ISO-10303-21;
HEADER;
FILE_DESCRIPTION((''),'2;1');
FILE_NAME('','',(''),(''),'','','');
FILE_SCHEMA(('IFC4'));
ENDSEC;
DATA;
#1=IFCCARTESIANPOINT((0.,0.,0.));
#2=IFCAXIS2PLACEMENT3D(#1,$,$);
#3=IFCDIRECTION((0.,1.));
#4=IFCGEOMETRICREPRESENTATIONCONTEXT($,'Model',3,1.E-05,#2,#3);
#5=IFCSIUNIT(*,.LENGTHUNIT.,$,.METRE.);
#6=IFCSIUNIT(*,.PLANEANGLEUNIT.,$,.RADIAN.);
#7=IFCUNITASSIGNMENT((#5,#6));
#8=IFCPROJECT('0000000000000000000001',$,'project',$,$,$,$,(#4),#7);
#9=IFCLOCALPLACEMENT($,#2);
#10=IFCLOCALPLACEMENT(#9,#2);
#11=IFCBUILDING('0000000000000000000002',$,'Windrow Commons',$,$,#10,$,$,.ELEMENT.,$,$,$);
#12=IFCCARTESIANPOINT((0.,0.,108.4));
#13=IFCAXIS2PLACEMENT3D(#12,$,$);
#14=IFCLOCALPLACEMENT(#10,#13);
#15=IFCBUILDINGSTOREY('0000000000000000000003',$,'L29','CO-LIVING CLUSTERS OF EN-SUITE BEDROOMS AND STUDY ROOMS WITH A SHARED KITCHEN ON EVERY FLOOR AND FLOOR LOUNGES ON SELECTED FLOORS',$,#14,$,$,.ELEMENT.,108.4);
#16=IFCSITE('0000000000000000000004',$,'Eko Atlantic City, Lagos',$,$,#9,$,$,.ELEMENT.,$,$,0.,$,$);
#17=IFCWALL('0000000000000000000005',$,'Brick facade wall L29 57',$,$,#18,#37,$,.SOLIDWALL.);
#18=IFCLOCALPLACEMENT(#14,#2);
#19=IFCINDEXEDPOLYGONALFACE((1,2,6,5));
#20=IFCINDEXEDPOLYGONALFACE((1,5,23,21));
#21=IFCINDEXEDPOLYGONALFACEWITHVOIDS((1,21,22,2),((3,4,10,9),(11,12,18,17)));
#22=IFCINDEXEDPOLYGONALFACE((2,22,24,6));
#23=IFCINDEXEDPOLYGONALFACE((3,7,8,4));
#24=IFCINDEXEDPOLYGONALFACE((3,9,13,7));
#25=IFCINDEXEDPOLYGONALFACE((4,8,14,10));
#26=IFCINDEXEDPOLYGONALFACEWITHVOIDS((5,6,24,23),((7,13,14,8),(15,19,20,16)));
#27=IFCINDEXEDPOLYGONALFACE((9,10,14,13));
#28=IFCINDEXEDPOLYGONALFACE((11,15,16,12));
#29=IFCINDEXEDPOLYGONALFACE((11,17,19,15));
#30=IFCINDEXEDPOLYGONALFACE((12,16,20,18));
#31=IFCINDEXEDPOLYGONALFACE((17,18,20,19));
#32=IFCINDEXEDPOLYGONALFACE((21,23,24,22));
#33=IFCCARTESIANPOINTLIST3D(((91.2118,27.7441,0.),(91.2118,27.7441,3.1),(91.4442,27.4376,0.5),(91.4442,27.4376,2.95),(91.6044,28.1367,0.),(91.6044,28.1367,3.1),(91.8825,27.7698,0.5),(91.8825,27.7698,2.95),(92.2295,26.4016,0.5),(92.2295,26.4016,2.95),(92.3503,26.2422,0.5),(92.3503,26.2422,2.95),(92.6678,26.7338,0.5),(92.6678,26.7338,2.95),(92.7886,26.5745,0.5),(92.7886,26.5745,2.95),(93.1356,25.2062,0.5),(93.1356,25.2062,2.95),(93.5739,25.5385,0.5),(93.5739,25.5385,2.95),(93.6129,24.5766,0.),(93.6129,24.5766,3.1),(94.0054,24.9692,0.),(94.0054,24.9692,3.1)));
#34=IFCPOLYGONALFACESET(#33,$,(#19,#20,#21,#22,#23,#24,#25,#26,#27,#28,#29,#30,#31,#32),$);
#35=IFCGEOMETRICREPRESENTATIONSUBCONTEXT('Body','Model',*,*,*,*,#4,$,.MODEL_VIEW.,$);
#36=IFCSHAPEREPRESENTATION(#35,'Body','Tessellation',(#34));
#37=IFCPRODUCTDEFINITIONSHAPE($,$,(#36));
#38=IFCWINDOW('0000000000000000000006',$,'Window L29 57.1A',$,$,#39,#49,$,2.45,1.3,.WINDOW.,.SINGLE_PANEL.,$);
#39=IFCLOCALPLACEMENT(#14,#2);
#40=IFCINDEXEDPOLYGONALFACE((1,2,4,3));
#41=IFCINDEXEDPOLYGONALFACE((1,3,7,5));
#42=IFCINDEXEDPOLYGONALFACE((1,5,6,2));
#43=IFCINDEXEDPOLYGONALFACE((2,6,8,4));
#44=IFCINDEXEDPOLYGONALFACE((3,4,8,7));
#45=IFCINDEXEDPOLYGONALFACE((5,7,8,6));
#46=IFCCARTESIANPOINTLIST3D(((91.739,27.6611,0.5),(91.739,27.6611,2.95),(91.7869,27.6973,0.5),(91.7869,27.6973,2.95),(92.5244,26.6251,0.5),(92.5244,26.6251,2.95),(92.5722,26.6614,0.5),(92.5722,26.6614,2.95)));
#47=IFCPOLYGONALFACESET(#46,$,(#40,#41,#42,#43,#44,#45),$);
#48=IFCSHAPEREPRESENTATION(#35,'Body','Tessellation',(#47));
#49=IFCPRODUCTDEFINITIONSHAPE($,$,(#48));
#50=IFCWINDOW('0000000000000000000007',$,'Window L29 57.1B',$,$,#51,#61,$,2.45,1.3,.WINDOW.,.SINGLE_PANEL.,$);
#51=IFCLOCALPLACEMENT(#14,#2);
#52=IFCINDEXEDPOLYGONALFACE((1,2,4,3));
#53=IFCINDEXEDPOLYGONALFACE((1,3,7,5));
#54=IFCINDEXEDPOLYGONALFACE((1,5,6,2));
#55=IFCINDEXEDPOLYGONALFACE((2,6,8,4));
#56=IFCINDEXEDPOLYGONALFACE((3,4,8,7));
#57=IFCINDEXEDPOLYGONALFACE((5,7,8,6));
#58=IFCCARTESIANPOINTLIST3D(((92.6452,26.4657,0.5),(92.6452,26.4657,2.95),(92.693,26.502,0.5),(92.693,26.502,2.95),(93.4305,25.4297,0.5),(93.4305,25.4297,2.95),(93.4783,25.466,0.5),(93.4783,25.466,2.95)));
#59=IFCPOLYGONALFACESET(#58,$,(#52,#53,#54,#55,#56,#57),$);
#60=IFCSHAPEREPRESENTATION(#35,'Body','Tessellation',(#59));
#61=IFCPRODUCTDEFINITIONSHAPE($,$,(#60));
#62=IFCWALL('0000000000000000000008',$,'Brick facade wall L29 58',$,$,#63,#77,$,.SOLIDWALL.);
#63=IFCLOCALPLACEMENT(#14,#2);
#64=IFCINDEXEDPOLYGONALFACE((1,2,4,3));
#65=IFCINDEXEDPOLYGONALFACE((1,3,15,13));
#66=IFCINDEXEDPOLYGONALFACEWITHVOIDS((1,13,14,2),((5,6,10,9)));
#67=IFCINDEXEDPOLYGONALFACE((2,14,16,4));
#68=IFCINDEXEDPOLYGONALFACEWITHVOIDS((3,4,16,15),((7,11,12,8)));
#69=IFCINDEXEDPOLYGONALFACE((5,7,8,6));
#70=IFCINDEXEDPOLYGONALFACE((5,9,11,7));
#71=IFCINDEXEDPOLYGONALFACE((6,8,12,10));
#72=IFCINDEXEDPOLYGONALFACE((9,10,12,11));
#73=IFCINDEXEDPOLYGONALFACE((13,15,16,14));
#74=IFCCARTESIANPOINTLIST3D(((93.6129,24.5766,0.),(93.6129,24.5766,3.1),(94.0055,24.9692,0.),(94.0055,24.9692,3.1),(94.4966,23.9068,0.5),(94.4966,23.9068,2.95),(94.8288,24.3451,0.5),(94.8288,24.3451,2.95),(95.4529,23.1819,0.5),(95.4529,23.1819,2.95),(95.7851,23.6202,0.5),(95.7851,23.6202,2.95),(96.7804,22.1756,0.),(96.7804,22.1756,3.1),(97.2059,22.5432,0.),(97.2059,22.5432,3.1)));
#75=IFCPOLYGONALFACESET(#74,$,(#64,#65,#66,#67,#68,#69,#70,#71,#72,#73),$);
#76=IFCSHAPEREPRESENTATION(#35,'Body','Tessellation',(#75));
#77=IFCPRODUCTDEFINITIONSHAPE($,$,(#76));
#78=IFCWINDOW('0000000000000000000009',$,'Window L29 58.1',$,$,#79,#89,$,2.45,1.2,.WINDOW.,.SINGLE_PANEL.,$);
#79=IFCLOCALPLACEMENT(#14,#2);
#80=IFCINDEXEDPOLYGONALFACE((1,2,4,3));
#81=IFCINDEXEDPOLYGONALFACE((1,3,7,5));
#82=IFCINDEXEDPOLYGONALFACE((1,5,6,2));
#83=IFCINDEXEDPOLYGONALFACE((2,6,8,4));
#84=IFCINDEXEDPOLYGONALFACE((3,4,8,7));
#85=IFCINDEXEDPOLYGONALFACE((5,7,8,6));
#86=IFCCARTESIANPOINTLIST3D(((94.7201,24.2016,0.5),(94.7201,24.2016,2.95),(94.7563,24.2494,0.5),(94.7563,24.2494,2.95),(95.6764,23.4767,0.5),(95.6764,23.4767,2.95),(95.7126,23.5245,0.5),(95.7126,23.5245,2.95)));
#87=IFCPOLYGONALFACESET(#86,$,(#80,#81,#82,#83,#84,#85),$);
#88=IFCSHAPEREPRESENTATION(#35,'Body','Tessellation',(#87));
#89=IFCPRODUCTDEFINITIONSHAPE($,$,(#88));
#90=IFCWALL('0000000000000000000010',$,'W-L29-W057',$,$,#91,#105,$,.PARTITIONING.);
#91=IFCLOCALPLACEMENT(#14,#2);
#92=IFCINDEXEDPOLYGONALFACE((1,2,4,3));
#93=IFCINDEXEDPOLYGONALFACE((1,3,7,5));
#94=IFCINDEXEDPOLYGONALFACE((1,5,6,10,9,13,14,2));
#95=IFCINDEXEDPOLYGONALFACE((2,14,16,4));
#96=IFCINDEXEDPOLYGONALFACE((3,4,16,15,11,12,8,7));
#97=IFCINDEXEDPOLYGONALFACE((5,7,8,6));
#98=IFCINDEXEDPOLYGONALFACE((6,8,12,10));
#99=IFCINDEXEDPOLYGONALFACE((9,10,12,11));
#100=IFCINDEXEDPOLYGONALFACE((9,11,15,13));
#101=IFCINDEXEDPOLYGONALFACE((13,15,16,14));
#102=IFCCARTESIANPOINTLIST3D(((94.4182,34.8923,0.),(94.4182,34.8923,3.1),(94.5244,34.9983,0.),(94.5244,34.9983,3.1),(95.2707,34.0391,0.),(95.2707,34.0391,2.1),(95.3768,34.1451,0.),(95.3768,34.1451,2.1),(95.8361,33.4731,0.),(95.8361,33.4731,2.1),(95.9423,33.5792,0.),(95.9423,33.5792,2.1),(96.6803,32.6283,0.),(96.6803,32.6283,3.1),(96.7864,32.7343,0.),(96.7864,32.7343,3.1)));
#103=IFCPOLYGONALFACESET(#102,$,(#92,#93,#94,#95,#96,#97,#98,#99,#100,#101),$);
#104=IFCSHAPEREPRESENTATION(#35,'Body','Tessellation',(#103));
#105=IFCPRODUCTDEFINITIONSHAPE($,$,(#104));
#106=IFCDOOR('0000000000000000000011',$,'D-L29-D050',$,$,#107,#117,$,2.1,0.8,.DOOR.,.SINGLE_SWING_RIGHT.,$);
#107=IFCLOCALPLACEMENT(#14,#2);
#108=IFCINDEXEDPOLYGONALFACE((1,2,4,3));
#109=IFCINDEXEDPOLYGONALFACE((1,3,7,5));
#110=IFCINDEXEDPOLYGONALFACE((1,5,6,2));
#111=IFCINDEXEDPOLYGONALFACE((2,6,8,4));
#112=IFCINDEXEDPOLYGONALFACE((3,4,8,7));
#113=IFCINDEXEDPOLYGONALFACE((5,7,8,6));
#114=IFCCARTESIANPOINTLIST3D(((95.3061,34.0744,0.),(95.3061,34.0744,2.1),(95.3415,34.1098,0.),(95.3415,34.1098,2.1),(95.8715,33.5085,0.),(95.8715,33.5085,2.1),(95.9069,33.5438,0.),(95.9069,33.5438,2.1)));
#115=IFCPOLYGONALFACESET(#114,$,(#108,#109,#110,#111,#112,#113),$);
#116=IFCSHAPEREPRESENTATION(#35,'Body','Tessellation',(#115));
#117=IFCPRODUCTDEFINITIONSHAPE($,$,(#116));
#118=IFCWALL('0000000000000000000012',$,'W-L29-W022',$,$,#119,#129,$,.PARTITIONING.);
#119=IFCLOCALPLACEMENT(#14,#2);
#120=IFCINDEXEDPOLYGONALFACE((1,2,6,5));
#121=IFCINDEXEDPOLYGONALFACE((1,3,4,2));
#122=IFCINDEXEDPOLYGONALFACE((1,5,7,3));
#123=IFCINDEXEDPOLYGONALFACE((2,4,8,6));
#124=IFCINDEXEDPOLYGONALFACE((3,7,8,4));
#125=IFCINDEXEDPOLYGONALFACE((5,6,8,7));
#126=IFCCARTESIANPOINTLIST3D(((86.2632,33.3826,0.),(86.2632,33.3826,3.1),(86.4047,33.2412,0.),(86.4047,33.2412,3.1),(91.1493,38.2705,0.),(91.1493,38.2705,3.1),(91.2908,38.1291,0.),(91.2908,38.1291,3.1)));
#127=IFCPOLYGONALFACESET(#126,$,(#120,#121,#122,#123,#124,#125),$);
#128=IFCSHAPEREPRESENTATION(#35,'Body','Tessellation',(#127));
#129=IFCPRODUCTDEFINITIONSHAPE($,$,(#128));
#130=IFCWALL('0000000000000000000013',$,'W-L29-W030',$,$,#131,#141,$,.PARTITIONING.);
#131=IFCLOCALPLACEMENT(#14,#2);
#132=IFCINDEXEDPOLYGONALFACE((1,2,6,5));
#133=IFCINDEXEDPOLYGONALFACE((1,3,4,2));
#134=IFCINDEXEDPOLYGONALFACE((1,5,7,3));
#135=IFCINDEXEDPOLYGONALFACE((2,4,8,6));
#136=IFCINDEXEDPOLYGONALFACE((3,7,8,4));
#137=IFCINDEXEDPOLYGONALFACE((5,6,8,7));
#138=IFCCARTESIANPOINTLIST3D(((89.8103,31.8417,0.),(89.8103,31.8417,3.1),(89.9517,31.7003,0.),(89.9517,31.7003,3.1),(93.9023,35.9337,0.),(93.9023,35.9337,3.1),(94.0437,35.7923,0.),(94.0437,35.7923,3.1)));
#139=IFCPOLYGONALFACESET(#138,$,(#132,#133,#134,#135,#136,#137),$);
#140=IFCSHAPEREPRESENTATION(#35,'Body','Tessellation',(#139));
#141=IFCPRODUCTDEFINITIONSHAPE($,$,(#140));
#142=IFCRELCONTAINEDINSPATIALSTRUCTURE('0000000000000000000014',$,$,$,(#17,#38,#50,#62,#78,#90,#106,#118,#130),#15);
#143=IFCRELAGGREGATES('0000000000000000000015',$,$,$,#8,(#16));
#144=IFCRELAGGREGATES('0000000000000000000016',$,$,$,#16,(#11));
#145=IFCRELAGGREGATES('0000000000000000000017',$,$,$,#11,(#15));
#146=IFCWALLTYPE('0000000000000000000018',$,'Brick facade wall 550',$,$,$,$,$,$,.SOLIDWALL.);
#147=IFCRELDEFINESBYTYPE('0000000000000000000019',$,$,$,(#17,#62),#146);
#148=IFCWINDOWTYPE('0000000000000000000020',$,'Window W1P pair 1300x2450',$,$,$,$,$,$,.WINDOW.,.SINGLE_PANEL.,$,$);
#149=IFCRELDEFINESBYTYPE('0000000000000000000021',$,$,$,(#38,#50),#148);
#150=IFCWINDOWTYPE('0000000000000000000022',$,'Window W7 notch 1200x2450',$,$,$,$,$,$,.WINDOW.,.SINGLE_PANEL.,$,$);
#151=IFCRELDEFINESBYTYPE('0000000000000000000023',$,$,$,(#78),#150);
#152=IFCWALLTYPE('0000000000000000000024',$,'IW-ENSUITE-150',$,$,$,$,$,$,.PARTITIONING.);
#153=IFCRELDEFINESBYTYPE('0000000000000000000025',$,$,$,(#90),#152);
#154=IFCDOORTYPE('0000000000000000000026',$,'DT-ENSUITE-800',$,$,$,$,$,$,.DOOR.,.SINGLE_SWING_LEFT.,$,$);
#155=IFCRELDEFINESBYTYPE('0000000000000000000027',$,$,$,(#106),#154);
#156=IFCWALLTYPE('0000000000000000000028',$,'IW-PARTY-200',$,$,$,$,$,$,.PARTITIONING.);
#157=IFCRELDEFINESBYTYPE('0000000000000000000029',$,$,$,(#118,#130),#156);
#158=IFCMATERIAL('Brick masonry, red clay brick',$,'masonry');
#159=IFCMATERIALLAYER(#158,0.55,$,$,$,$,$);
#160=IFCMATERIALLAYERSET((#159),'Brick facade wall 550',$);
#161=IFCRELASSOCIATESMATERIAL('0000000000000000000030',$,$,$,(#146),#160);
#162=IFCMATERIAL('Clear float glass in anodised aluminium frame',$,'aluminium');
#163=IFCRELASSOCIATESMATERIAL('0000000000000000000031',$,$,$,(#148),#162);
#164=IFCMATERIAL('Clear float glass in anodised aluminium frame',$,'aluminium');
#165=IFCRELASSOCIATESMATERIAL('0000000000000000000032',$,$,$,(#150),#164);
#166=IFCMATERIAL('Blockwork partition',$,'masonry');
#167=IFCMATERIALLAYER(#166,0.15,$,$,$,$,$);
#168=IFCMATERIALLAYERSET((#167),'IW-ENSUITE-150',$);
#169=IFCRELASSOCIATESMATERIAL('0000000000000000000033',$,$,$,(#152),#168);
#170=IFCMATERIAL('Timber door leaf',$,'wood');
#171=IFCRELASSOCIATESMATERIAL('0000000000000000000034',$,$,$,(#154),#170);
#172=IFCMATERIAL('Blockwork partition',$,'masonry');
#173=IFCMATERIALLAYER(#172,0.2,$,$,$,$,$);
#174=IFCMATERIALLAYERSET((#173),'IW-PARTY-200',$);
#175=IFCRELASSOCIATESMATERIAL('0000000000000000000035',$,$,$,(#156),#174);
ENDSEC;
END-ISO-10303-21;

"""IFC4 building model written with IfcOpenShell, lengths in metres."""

from ifc_helpers import new_model, si_unit, direction, frame, frame_2d, origin, place, context, subcontext, project, spatial, polyline, rectangle, outline, extrude, material, layer, layer_set, type_object, element, fill, save


model = new_model("IFC4")

# Units and contexts
model_context = context("Model", 3, precision=1e-05, world=origin(), true_north=direction((0.0, 1.0)))
body_context = subcontext(model_context, "Body", "Model", "MODEL_VIEW")
ifc_project = project(units=[si_unit("LENGTHUNIT", "METRE"), si_unit("PLANEANGLEUNIT", "RADIAN")], contexts=[model_context])

# Site, building, storey
site_placement = place(None, origin())
site = spatial("IfcSite", under=ifc_project, at=site_placement, Name="Eko Atlantic City, Lagos", CompositionType="ELEMENT", RefElevation=0.0)
building_placement = place(site_placement, origin())
building = spatial("IfcBuilding", under=site, at=building_placement, Name="Windrow Commons", CompositionType="ELEMENT")
storey_placement = place(building_placement, frame((0.0, 0.0, 108.4)))
storey = spatial("IfcBuildingStorey", under=building, at=storey_placement, Name="L29", Description="CO-LIVING CLUSTERS OF EN-SUITE BEDROOMS AND STUDY ROOMS WITH A SHARED KITCHEN ON EVERY FLOOR AND FLOOR LOUNGES ON SELECTED FLOORS", CompositionType="ELEMENT", Elevation=108.4)

# Wall, openings, windows
ifc_material_1 = material(Name="Brick masonry, red clay brick", Category="masonry")
ifc_layer_1 = layer(ifc_material_1, 0.55)
ifc_layer_set_1 = layer_set([ifc_layer_1], Name="Brick facade wall 550")
wall_type_1 = type_object("IfcWallType", Name="Brick facade wall 550", PredefinedType="SOLIDWALL", material=ifc_layer_set_1)
ifc_material_2 = material(Name="Clear float glass in anodised aluminium frame", Category="aluminium")
window_type_1 = type_object("IfcWindowType", Name="Window W1P pair 1300x2450", PartitioningType="SINGLE_PANEL", PredefinedType="WINDOW", material=ifc_material_2)
wall_1_placement = place(storey_placement, frame((91.4081, 27.9404, 0.0), z_axis=(0.0, 0.0, 1.0), x_axis=(0.604094, -0.796913, 0.0)))
wall_1 = element("IfcWall", 1, at=wall_1_placement, inside=storey, type_object=wall_type_1, Name="Brick facade wall L29 57", PredefinedType="SOLIDWALL", context=body_context, shape_type="SweptSolid", body=[
    extrude(outline(polyline([(0.0379, -0.275), (4.0126, -0.275), (3.9368, 0.275), (-0.0379, 0.275), (0.0379, -0.275)])), origin(), (0.0, 0.0, 1.0), 3.1),
])
opening_1_placement = place(wall_1_placement, frame((0.4225, 0.0, 0.5)))
opening_1 = element("IfcOpeningElement", 2, at=opening_1_placement, cuts=wall_1, PredefinedType="OPENING", context=body_context, shape_type="SweptSolid", body=[
    extrude(rectangle(XDim=1.3, YDim=2.45, at=frame_2d((0.65, 1.225))), frame((0.0, 0.285, 0.0), z_axis=(0.0, -1.0, 0.0), x_axis=(1.0, 0.0, 0.0)), (0.0, 0.0, 1.0), 0.57),
])
opening_2_placement = place(wall_1_placement, frame((1.9225, 0.0, 0.5)))
opening_2 = element("IfcOpeningElement", 3, at=opening_2_placement, cuts=wall_1, PredefinedType="OPENING", context=body_context, shape_type="SweptSolid", body=[
    extrude(rectangle(XDim=1.3, YDim=2.45, at=frame_2d((0.65, 1.225))), frame((0.0, 0.285, 0.0), z_axis=(0.0, -1.0, 0.0), x_axis=(1.0, 0.0, 0.0)), (0.0, 0.0, 1.0), 0.57),
])
window_1_placement = place(opening_1_placement, origin())
window_1 = element("IfcWindow", 4, at=window_1_placement, inside=storey, type_object=window_type_1, Name="Window L29 57.1A", OverallHeight=2.45, OverallWidth=1.3, PartitioningType="SINGLE_PANEL", PredefinedType="WINDOW", context=body_context, shape_type="SweptSolid", body=[
    extrude(rectangle(XDim=1.3, YDim=2.45, at=frame_2d((0.65, 1.225))), frame((0.0, 0.155, 0.0), z_axis=(0.0, -1.0, 0.0), x_axis=(1.0, 0.0, 0.0)), (0.0, 0.0, 1.0), 0.06),
])
fill(opening_1, window_1)
window_2_placement = place(opening_2_placement, origin())
window_2 = element("IfcWindow", 5, at=window_2_placement, inside=storey, type_object=window_type_1, Name="Window L29 57.1B", OverallHeight=2.45, OverallWidth=1.3, PartitioningType="SINGLE_PANEL", PredefinedType="WINDOW", context=body_context, shape_type="SweptSolid", body=[
    extrude(rectangle(XDim=1.3, YDim=2.45, at=frame_2d((0.65, 1.225))), frame((0.0, 0.155, 0.0), z_axis=(0.0, -1.0, 0.0), x_axis=(1.0, 0.0, 0.0)), (0.0, 0.0, 1.0), 0.06),
])
fill(opening_2, window_2)

# Wall, opening, window
wall_2_placement = place(storey_placement, frame((93.8092, 24.7729, 0.0), z_axis=(0.0, 0.0, 1.0), x_axis=(0.796917, -0.604089, 0.0)))
wall_2 = element("IfcWall", 6, at=wall_2_placement, inside=storey, type_object=wall_type_1, Name="Brick facade wall L29 58", PredefinedType="SOLIDWALL", context=body_context, shape_type="SweptSolid", body=[
    extrude(outline(polyline([(-0.0379, -0.275), (3.9368, -0.275), (4.0538, 0.275), (0.0379, 0.275), (-0.0379, -0.275)])), origin(), (0.0, 0.0, 1.0), 3.1),
])
opening_3_placement = place(wall_2_placement, frame((1.071, 0.0, 0.5)))
opening_3 = element("IfcOpeningElement", 7, at=opening_3_placement, cuts=wall_2, PredefinedType="OPENING", context=body_context, shape_type="SweptSolid", body=[
    extrude(rectangle(XDim=1.2, YDim=2.45, at=frame_2d((0.6, 1.225))), frame((0.0, 0.285, 0.0), z_axis=(0.0, -1.0, 0.0), x_axis=(1.0, 0.0, 0.0)), (0.0, 0.0, 1.0), 0.57),
])
ifc_material_3 = material(Name="Clear float glass in anodised aluminium frame", Category="aluminium")
window_type_2 = type_object("IfcWindowType", Name="Window W7 notch 1200x2450", PartitioningType="SINGLE_PANEL", PredefinedType="WINDOW", material=ifc_material_3)
window_3_placement = place(opening_3_placement, origin())
window_3 = element("IfcWindow", 8, at=window_3_placement, inside=storey, type_object=window_type_2, Name="Window L29 58.1", OverallHeight=2.45, OverallWidth=1.2, PartitioningType="SINGLE_PANEL", PredefinedType="WINDOW", context=body_context, shape_type="SweptSolid", body=[
    extrude(rectangle(XDim=1.2, YDim=2.45, at=frame_2d((0.6, 1.225))), frame((0.0, 0.155, 0.0), z_axis=(0.0, -1.0, 0.0), x_axis=(1.0, 0.0, 0.0)), (0.0, 0.0, 1.0), 0.06),
])
fill(opening_3, window_3)

# Wall, opening, door
ifc_material_4 = material(Name="Blockwork partition", Category="masonry")
ifc_layer_2 = layer(ifc_material_4, 0.15)
ifc_layer_set_2 = layer_set([ifc_layer_2], Name="IW-ENSUITE-150")
wall_type_2 = type_object("IfcWallType", Name="IW-ENSUITE-150", PredefinedType="PARTITIONING", material=ifc_layer_set_2)
wall_3_placement = place(storey_placement, frame((94.4713, 34.9453, 0.0), z_axis=(0.0, 0.0, 1.0), x_axis=(0.706794, -0.707419, 0.0)))
wall_3 = element("IfcWall", 9, at=wall_3_placement, inside=storey, type_object=wall_type_2, Name="W-L29-W057", PredefinedType="PARTITIONING", context=body_context, shape_type="SweptSolid", body=[
    extrude(rectangle(XDim=3.2004, YDim=0.15, at=frame_2d((1.6002, 0.0))), origin(), (0.0, 0.0, 1.0), 3.1),
])
opening_4_placement = place(wall_3_placement, frame((1.2061, 0.0, 0.0)))
opening_4 = element("IfcOpeningElement", 10, at=opening_4_placement, cuts=wall_3, PredefinedType="OPENING", context=body_context, shape_type="SweptSolid", body=[
    extrude(rectangle(XDim=0.8, YDim=2.1, at=frame_2d((0.4, 1.05))), frame((0.0, 0.085, 0.0), z_axis=(0.0, -1.0, 0.0), x_axis=(1.0, 0.0, 0.0)), (0.0, 0.0, 1.0), 0.17),
])
ifc_material_5 = material(Name="Timber door leaf", Category="wood")
door_type = type_object("IfcDoorType", Name="DT-ENSUITE-800", OperationType="SINGLE_SWING_LEFT", PredefinedType="DOOR", material=ifc_material_5)
door_placement = place(opening_4_placement, origin())
door = element("IfcDoor", 11, at=door_placement, inside=storey, type_object=door_type, Name="D-L29-D050", OperationType="SINGLE_SWING_RIGHT", OverallHeight=2.1, OverallWidth=0.8, PredefinedType="DOOR", context=body_context, shape_type="SweptSolid", body=[
    extrude(rectangle(XDim=0.8, YDim=2.1, at=frame_2d((0.4, 1.05))), frame((0.0, 0.025, 0.0), z_axis=(0.0, -1.0, 0.0), x_axis=(1.0, 0.0, 0.0)), (0.0, 0.0, 1.0), 0.05),
])
fill(opening_4, door)

# Walls
ifc_material_6 = material(Name="Blockwork partition", Category="masonry")
ifc_layer_3 = layer(ifc_material_6, 0.2)
ifc_layer_set_3 = layer_set([ifc_layer_3], Name="IW-PARTY-200")
wall_type_3 = type_object("IfcWallType", Name="IW-PARTY-200", PredefinedType="PARTITIONING", material=ifc_layer_set_3)
wall_4_placement = place(storey_placement, frame((86.334, 33.3119, 0.0), z_axis=(0.0, 0.0, 1.0), x_axis=(0.706969, 0.707244, 0.0)))
element("IfcWall", 12, at=wall_4_placement, inside=storey, type_object=wall_type_3, Name="W-L29-W022", PredefinedType="PARTITIONING", context=body_context, shape_type="SweptSolid", body=[
    extrude(rectangle(XDim=6.9113, YDim=0.2, at=frame_2d((3.4556, 0.0))), origin(), (0.0, 0.0, 1.0), 3.1),
])
wall_5_placement = place(storey_placement, frame((89.881, 31.771, 0.0), z_axis=(0.0, 0.0, 1.0), x_axis=(0.707107, 0.707107, 0.0)))
element("IfcWall", 13, at=wall_5_placement, inside=storey, type_object=wall_type_3, Name="W-L29-W030", PredefinedType="PARTITIONING", context=body_context, shape_type="SweptSolid", body=[
    extrude(rectangle(XDim=5.787, YDim=0.2, at=frame_2d((2.8935, 0.0))), origin(), (0.0, 0.0, 1.0), 3.1),
])

save(model, "model.ifc")
